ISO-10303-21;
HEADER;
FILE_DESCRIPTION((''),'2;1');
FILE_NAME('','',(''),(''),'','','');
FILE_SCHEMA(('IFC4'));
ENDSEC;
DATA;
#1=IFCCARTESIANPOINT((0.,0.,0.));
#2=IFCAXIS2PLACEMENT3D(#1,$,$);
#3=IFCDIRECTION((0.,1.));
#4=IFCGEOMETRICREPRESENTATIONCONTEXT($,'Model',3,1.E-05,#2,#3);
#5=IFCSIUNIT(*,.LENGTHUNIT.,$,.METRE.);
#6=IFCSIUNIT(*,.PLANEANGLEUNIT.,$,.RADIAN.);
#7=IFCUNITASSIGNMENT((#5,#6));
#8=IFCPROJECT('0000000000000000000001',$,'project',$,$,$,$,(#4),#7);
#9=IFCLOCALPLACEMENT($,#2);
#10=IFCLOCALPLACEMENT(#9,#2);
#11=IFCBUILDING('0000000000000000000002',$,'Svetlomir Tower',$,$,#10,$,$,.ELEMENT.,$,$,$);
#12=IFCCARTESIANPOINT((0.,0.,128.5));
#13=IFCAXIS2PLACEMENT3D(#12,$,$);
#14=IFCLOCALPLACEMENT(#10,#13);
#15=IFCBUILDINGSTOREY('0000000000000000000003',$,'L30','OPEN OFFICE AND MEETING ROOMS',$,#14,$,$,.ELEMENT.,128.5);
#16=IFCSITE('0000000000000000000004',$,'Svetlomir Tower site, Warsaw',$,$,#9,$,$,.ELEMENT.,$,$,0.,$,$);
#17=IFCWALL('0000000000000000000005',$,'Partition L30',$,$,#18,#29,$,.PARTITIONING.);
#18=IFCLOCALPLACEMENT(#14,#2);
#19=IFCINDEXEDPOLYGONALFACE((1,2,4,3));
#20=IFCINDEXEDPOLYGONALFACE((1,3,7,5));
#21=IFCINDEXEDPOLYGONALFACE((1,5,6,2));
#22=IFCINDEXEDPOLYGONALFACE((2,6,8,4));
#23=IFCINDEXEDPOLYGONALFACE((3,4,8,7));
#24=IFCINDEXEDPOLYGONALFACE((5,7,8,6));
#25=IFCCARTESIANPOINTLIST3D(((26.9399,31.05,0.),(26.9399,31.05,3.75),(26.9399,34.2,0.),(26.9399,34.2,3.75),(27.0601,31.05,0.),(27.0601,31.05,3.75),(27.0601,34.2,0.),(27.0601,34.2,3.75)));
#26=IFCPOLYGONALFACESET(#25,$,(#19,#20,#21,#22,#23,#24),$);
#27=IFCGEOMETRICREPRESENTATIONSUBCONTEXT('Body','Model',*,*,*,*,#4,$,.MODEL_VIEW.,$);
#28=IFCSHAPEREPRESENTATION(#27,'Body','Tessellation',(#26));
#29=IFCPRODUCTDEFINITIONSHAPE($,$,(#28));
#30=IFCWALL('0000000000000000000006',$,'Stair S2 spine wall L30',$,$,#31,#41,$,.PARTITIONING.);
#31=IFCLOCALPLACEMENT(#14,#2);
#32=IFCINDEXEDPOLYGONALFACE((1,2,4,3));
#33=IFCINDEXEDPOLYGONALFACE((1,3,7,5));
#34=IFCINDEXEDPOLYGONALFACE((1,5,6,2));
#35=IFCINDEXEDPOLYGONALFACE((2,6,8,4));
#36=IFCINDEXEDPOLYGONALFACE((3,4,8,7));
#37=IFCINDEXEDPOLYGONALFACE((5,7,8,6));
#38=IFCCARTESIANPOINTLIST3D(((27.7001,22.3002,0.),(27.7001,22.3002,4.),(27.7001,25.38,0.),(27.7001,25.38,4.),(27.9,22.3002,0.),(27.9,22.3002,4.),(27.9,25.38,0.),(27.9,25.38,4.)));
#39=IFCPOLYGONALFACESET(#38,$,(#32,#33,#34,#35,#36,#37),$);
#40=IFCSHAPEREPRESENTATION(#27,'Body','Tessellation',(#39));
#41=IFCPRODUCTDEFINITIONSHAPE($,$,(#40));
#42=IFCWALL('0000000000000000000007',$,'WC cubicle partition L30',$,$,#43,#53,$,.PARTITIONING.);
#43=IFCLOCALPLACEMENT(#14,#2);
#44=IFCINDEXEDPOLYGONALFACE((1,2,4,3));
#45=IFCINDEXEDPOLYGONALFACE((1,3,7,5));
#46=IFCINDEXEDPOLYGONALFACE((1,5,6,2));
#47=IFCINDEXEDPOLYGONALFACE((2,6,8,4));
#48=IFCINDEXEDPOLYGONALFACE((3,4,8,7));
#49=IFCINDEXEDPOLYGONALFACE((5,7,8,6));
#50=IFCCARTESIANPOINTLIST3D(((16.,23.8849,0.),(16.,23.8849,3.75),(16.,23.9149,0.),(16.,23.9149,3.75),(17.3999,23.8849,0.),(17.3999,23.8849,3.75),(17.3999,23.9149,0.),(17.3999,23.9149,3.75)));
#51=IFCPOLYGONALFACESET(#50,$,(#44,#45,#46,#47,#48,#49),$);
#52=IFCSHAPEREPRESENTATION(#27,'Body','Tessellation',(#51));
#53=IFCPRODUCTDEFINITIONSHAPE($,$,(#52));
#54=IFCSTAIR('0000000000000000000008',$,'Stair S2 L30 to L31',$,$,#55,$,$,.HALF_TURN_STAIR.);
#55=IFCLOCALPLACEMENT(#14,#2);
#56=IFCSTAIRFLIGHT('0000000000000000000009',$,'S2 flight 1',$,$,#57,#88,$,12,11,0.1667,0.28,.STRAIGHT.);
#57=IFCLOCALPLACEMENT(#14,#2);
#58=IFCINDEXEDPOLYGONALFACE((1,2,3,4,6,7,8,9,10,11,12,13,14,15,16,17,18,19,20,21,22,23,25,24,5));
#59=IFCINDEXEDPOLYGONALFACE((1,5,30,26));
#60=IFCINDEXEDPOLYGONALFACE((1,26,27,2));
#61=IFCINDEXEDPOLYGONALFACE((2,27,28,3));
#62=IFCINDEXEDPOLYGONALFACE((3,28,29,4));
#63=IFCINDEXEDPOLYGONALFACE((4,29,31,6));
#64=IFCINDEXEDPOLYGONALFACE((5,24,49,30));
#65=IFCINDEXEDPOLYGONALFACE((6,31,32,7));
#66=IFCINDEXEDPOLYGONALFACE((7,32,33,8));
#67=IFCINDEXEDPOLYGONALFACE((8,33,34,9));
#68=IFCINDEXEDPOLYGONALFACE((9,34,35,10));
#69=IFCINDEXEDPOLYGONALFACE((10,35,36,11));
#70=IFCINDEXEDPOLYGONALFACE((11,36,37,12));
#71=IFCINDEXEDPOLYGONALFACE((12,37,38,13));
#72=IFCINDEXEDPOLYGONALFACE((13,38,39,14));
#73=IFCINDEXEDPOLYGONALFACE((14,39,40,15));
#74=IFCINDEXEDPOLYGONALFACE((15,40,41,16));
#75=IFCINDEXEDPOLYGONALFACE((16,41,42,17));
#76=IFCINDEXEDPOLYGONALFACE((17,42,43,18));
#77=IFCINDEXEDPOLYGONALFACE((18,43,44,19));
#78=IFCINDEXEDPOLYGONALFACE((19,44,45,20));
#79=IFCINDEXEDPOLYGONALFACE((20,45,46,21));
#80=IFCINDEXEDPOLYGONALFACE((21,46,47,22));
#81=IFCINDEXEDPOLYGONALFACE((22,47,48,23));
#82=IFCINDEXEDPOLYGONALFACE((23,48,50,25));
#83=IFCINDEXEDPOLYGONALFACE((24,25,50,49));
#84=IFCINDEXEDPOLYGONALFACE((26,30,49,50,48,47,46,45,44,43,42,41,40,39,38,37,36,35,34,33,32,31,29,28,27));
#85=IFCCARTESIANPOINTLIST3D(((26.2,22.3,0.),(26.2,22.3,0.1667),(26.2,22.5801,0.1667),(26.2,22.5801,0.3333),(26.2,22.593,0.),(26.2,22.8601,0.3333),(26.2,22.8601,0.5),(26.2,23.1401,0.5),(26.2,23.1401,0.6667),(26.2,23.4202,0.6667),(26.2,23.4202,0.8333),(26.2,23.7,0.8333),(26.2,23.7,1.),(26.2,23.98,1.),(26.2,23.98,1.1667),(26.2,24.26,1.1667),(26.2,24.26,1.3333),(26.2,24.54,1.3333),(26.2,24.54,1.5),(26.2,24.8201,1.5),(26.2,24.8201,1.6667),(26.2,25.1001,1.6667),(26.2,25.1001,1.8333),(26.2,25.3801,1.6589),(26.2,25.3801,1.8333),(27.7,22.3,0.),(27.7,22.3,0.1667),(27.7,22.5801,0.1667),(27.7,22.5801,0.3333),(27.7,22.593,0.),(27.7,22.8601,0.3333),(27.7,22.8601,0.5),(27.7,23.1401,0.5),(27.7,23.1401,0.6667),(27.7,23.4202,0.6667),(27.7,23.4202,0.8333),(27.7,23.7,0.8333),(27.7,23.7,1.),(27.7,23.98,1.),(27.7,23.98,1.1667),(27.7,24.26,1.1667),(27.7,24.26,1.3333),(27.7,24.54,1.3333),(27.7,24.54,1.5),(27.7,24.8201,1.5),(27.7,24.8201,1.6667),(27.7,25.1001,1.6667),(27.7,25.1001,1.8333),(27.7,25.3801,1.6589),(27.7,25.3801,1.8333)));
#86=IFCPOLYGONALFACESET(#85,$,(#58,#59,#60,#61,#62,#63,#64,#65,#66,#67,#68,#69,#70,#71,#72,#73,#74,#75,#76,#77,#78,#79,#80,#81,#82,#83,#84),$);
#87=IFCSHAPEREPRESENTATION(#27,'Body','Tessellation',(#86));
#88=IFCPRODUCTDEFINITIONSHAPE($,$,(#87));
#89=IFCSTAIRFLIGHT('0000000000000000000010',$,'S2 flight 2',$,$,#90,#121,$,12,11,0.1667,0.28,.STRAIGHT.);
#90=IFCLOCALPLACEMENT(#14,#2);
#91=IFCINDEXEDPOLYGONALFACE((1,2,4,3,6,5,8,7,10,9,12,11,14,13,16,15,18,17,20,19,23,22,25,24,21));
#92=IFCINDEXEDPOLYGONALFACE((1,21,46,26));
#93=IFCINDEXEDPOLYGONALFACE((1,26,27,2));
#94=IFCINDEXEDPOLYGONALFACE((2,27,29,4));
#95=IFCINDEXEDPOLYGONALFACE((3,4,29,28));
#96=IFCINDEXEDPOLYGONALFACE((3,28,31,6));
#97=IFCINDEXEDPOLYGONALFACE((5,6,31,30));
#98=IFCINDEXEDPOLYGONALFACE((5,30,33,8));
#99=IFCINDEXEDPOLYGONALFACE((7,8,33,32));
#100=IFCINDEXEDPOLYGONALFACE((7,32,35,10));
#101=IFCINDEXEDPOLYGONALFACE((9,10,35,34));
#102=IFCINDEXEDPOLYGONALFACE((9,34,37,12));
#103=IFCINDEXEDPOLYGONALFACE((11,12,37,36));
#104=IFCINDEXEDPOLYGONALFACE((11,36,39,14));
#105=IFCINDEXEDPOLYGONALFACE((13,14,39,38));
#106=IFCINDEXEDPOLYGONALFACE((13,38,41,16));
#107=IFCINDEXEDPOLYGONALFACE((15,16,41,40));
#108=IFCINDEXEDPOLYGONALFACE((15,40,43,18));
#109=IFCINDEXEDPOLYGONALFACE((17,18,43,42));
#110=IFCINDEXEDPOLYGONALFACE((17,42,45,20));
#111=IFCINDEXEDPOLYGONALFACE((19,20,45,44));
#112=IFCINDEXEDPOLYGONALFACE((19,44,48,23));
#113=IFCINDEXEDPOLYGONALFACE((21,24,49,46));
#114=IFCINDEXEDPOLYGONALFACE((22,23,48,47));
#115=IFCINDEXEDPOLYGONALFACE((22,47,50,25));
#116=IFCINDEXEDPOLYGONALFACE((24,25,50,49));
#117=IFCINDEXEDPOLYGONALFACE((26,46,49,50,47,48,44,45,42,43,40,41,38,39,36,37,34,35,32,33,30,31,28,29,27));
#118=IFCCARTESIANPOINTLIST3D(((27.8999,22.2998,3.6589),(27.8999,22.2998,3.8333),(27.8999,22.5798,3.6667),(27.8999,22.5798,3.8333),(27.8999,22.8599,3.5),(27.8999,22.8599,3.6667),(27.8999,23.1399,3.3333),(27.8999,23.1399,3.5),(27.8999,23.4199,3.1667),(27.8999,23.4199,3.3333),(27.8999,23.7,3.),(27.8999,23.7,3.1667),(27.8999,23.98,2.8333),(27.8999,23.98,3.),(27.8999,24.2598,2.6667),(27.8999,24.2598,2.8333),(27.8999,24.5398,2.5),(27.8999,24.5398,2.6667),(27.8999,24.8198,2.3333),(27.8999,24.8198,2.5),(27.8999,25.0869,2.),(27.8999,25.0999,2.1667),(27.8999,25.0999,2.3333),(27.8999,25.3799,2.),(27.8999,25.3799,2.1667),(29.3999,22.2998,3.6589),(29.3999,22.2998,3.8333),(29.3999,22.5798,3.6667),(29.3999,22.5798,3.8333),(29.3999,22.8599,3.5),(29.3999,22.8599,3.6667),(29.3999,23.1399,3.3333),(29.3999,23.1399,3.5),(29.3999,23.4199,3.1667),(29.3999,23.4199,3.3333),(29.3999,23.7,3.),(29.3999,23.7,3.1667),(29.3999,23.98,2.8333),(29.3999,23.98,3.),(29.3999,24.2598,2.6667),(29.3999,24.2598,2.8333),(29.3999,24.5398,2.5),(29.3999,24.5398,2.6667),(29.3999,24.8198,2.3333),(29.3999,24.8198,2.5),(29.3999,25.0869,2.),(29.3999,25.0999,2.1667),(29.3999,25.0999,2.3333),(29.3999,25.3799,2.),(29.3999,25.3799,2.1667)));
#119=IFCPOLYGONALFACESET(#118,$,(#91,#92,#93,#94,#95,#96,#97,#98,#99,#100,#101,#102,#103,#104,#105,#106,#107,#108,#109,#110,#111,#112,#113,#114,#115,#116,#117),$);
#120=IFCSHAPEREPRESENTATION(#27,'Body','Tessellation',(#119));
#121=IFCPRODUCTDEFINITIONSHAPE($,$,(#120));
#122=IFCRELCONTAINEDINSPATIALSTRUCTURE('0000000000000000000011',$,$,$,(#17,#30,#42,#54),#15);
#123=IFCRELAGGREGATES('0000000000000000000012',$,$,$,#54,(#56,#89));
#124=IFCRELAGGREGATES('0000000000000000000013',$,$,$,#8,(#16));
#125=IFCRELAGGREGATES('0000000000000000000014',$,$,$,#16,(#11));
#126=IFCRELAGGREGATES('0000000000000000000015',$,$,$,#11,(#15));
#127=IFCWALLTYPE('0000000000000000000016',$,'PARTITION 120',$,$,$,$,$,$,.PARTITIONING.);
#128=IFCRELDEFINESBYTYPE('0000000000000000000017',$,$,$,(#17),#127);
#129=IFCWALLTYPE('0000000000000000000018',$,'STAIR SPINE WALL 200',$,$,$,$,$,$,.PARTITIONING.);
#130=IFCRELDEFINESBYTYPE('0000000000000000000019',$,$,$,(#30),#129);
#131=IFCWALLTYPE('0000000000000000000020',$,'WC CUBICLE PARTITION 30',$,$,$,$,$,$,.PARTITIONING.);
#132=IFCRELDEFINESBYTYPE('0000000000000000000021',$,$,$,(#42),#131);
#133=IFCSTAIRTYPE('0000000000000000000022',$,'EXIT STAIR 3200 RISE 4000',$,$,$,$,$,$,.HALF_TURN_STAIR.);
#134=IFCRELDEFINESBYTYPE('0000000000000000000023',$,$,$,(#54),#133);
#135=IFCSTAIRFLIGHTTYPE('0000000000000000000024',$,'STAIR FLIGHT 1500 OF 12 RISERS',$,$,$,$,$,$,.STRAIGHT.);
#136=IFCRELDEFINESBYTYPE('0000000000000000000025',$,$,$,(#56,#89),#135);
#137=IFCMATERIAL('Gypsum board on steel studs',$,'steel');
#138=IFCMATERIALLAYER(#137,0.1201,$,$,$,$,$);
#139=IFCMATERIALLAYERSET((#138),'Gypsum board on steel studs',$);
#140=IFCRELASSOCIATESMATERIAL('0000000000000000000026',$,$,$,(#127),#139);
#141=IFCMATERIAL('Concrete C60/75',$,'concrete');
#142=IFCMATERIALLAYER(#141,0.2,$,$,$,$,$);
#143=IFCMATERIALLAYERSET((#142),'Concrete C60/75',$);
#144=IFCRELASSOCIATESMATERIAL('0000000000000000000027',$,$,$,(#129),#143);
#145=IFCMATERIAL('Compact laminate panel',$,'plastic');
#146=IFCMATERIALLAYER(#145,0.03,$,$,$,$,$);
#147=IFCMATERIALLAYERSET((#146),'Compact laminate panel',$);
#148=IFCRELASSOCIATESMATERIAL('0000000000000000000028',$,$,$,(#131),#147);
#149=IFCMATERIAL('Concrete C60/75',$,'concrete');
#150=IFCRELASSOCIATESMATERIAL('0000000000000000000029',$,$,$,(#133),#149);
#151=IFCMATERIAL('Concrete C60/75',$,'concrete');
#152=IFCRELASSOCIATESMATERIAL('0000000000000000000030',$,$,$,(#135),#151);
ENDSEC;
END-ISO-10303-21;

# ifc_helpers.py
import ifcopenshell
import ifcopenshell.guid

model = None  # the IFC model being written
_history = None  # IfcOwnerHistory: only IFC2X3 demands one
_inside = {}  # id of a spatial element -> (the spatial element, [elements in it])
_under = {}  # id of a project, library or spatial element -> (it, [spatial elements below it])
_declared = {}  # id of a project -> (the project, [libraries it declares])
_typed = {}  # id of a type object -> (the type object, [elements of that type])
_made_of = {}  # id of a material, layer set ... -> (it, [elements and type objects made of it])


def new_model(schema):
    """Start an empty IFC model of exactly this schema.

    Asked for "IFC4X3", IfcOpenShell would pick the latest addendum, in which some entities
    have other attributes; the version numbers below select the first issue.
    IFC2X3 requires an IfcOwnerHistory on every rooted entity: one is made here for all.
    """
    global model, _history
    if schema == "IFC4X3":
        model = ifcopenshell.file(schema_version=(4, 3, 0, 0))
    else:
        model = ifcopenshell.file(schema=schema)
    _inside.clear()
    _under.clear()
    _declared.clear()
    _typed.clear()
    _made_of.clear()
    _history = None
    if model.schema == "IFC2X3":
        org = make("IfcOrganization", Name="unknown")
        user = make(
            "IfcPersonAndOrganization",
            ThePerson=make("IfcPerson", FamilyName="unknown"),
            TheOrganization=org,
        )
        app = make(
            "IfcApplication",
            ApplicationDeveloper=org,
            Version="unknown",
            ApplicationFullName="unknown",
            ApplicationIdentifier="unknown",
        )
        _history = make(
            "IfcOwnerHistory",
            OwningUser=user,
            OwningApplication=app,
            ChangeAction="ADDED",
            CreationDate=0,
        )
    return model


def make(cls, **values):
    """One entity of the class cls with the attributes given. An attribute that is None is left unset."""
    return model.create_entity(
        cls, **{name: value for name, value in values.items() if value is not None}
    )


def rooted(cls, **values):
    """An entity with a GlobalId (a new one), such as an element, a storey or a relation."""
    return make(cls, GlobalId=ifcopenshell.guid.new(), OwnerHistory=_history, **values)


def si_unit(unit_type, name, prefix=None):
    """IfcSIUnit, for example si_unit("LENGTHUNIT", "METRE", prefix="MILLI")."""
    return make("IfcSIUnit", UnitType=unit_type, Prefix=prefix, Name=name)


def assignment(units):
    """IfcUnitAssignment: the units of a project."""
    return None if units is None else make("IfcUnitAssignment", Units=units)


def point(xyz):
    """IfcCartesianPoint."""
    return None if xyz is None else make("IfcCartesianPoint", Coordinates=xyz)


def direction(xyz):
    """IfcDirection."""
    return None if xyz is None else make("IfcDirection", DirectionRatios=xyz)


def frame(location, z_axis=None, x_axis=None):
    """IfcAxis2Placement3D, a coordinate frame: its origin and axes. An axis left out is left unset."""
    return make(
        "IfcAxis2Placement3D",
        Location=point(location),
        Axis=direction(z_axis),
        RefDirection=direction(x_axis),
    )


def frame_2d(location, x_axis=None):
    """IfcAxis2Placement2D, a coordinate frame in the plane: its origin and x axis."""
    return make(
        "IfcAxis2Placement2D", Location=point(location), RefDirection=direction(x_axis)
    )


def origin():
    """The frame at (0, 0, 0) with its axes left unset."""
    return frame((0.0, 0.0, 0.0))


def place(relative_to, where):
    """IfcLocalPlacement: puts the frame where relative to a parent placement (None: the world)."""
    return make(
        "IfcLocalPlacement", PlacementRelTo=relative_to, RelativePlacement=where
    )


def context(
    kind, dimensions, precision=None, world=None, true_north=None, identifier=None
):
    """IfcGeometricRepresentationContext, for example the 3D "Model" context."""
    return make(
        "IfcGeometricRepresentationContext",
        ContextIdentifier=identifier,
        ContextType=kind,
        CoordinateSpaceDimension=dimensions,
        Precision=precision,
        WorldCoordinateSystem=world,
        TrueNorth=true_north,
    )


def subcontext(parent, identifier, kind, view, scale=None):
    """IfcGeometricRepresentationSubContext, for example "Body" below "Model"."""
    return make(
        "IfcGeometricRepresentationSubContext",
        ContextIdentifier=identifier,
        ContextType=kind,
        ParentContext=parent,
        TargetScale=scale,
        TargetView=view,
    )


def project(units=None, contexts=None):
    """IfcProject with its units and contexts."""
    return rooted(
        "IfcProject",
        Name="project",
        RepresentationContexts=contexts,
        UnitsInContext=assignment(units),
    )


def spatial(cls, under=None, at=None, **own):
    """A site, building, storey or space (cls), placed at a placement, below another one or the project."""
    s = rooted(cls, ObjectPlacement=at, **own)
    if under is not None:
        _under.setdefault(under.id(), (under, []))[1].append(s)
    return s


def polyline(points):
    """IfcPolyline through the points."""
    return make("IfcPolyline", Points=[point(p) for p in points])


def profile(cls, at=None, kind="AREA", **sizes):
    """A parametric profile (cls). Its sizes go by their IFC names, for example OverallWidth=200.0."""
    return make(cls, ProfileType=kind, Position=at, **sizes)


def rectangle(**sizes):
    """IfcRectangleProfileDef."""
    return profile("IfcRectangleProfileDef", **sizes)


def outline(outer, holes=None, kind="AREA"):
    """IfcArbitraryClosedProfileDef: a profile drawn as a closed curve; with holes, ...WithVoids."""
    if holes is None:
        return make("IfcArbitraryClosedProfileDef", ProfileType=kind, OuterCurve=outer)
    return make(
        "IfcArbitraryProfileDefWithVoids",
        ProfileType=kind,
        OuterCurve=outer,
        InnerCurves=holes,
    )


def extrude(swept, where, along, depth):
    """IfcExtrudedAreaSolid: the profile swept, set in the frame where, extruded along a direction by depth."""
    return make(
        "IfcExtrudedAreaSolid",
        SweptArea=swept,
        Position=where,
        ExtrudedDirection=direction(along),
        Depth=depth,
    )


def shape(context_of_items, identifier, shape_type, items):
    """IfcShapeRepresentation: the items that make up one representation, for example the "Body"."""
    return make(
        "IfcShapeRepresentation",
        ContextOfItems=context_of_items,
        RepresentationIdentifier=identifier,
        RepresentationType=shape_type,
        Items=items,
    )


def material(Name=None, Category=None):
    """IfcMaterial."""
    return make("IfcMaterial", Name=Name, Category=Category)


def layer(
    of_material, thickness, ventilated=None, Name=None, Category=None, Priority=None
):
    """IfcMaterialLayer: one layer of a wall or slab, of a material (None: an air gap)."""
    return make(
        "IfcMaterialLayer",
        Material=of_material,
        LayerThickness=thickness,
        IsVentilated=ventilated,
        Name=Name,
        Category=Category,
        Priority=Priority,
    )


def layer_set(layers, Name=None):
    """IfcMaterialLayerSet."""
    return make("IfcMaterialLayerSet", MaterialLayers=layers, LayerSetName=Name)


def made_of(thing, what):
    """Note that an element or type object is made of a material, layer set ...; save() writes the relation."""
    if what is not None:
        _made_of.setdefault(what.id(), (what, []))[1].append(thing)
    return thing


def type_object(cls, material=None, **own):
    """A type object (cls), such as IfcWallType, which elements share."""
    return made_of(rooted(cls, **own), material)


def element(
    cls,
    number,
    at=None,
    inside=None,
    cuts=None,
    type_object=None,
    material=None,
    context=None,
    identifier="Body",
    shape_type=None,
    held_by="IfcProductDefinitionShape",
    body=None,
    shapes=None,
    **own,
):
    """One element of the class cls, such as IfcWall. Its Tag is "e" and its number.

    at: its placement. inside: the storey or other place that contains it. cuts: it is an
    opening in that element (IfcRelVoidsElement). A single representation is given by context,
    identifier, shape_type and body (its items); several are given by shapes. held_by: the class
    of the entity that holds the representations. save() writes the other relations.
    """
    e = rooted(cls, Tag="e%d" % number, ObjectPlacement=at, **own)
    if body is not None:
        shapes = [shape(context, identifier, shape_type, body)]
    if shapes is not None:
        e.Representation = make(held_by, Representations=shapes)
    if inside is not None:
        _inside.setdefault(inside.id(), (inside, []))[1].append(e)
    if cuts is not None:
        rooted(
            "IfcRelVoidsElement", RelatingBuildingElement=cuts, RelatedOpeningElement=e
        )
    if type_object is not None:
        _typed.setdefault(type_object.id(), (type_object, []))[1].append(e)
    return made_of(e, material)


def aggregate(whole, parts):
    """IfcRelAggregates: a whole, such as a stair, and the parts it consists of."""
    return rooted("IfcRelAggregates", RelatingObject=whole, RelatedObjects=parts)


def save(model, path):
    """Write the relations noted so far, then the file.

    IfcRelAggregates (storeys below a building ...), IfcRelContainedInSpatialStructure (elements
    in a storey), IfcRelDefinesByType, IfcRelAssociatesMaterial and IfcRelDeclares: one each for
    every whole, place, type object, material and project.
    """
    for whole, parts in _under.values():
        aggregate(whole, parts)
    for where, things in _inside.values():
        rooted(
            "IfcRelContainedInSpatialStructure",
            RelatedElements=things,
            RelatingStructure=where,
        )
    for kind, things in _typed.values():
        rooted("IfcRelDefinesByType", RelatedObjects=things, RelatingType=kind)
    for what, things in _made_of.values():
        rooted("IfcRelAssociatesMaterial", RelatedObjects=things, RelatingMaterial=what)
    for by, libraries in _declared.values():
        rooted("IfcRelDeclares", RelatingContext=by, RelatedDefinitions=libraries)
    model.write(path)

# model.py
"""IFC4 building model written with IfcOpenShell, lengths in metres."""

from ifc_helpers import new_model, si_unit, direction, frame, frame_2d, origin, place, context, subcontext, project, spatial, polyline, rectangle, outline, extrude, material, layer, layer_set, type_object, element, aggregate, save


model = new_model("IFC4")

# Units and contexts
model_context = context("Model", 3, precision=1e-05, world=origin(), true_north=direction((0.0, 1.0)))
body_context = subcontext(model_context, "Body", "Model", "MODEL_VIEW")
ifc_project = project(units=[si_unit("LENGTHUNIT", "METRE"), si_unit("PLANEANGLEUNIT", "RADIAN")], contexts=[model_context])

# Site, building, storey
site_placement = place(None, origin())
site = spatial("IfcSite", under=ifc_project, at=site_placement, Name="Svetlomir Tower site, Warsaw", CompositionType="ELEMENT", RefElevation=0.0)
building_placement = place(site_placement, origin())
building = spatial("IfcBuilding", under=site, at=building_placement, Name="Svetlomir Tower", CompositionType="ELEMENT")
storey_placement = place(building_placement, frame((0.0, 0.0, 128.5)))
storey = spatial("IfcBuildingStorey", under=building, at=storey_placement, Name="L30", Description="OPEN OFFICE AND MEETING ROOMS", CompositionType="ELEMENT", Elevation=128.5)

# Shared definitions
ifc_material_1 = material(Name="Gypsum board on steel studs", Category="steel")
ifc_layer_1 = layer(ifc_material_1, 0.1201)
ifc_layer_set_1 = layer_set([ifc_layer_1], Name="Gypsum board on steel studs")
wall_type_1 = type_object("IfcWallType", Name="PARTITION 120", PredefinedType="PARTITIONING", material=ifc_layer_set_1)

# Walls
wall_1_placement = place(storey_placement, frame((27.0, 31.05, 0.0), z_axis=(0.0, 0.0, 1.0), x_axis=(0.0, 1.0, 0.0)))
element("IfcWall", 1, at=wall_1_placement, inside=storey, type_object=wall_type_1, Name="Partition L30", PredefinedType="PARTITIONING", context=body_context, shape_type="SweptSolid", body=[
    extrude(rectangle(XDim=3.1499, YDim=0.1201, at=frame_2d((1.575, 0.0))), origin(), (0.0, 0.0, 1.0), 3.75),
])
ifc_material_2 = material(Name="Concrete C60/75", Category="concrete")
ifc_layer_2 = layer(ifc_material_2, 0.2)
ifc_layer_set_2 = layer_set([ifc_layer_2], Name="Concrete C60/75")
wall_type_2 = type_object("IfcWallType", Name="STAIR SPINE WALL 200", PredefinedType="PARTITIONING", material=ifc_layer_set_2)
wall_2_placement = place(storey_placement, frame((27.8, 22.3, 0.0), z_axis=(0.0, 0.0, 1.0), x_axis=(0.0, 1.0, 0.0)))
element("IfcWall", 2, at=wall_2_placement, inside=storey, type_object=wall_type_2, Name="Stair S2 spine wall L30", PredefinedType="PARTITIONING", context=body_context, shape_type="SweptSolid", body=[
    extrude(rectangle(XDim=3.0798, YDim=0.2, at=frame_2d((1.54, 0.0))), origin(), (0.0, 0.0, 1.0), 4.0),
])
ifc_material_3 = material(Name="Compact laminate panel", Category="plastic")
ifc_layer_3 = layer(ifc_material_3, 0.03)
ifc_layer_set_3 = layer_set([ifc_layer_3], Name="Compact laminate panel")
wall_type_3 = type_object("IfcWallType", Name="WC CUBICLE PARTITION 30", PredefinedType="PARTITIONING", material=ifc_layer_set_3)
wall_3_placement = place(storey_placement, frame((16.0, 23.8999, 0.0), z_axis=(0.0, 0.0, 1.0), x_axis=(1.0, 0.0, 0.0)))
element("IfcWall", 3, at=wall_3_placement, inside=storey, type_object=wall_type_3, Name="WC cubicle partition L30", PredefinedType="PARTITIONING", context=body_context, shape_type="SweptSolid", body=[
    extrude(rectangle(XDim=1.3999, YDim=0.03, at=frame_2d((0.7, 0.0))), origin(), (0.0, 0.0, 1.0), 3.75),
])

# Stair, stair flights
ifc_material_4 = material(Name="Concrete C60/75", Category="concrete")
stair_type = type_object("IfcStairType", Name="EXIT STAIR 3200 RISE 4000", PredefinedType="HALF_TURN_STAIR", material=ifc_material_4)
stair_placement = place(storey_placement, origin())
stair = element("IfcStair", 4, at=stair_placement, inside=storey, type_object=stair_type, Name="Stair S2 L30 to L31", PredefinedType="HALF_TURN_STAIR")
ifc_material_5 = material(Name="Concrete C60/75", Category="concrete")
stair_flight_type = type_object("IfcStairFlightType", Name="STAIR FLIGHT 1500 OF 12 RISERS", PredefinedType="STRAIGHT", material=ifc_material_5)
stair_flight_1_placement = place(storey_placement, frame((26.95, 22.3, 0.0), z_axis=(0.0, 0.0, 1.0), x_axis=(0.0, 1.0, 0.0)))
stair_flight_1 = element("IfcStairFlight", 5, at=stair_flight_1_placement, type_object=stair_flight_type, Name="S2 flight 1", NumberOfRisers=12, NumberOfTreads=11, PredefinedType="STRAIGHT", RiserHeight=0.1667, TreadLength=0.28, context=body_context, shape_type="SweptSolid", body=[
    extrude(outline(polyline([(0.0, 0.0), (0.0, 0.1667), (0.28, 0.1667), (0.28, 0.3333), (0.5601, 0.3333), (0.5601, 0.5), (0.8401, 0.5), (0.8401, 0.6667), (1.1201, 0.6667), (1.1201, 0.8333), (1.3999, 0.8333), (1.3999, 1.0), (1.6799, 1.0), (1.6799, 1.1667), (1.96, 1.1667), (1.96, 1.3333), (2.24, 1.3333), (2.24, 1.5), (2.52, 1.5), (2.52, 1.6667), (2.8, 1.6667), (2.8, 1.8333), (3.0801, 1.8333), (3.0801, 2.0), (3.0801, 1.6589), (0.293, 0.0), (0.0, 0.0)])), frame((0.0, 0.75, 0.0), z_axis=(0.0, -1.0, 0.0), x_axis=(1.0, 0.0, 0.0)), (0.0, 0.0, 1.0), 1.5),
])
stair_flight_2_placement = place(storey_placement, frame((28.6499, 25.3799, 2.0), z_axis=(0.0, 0.0, 1.0), x_axis=(0.0, -1.0, 0.0)))
stair_flight_2 = element("IfcStairFlight", 6, at=stair_flight_2_placement, type_object=stair_flight_type, Name="S2 flight 2", NumberOfRisers=12, NumberOfTreads=11, PredefinedType="STRAIGHT", RiserHeight=0.1667, TreadLength=0.28, context=body_context, shape_type="SweptSolid", body=[
    extrude(outline(polyline([(0.0, 0.0), (0.0, 0.1667), (0.28, 0.1667), (0.28, 0.3333), (0.5601, 0.3333), (0.5601, 0.5), (0.8401, 0.5), (0.8401, 0.6667), (1.1201, 0.6667), (1.1201, 0.8333), (1.3999, 0.8333), (1.3999, 1.0), (1.6799, 1.0), (1.6799, 1.1667), (1.96, 1.1667), (1.96, 1.3333), (2.24, 1.3333), (2.24, 1.5), (2.52, 1.5), (2.52, 1.6667), (2.8, 1.6667), (2.8, 1.8333), (3.0801, 1.8333), (3.0801, 2.0), (3.0801, 1.6589), (0.293, 0.0), (0.0, 0.0)])), frame((0.0, 0.75, 0.0), z_axis=(0.0, -1.0, 0.0), x_axis=(1.0, 0.0, 0.0)), (0.0, 0.0, 1.0), 1.5),
])
aggregate(stair, [stair_flight_1, stair_flight_2])

save(model, "model.ifc")
